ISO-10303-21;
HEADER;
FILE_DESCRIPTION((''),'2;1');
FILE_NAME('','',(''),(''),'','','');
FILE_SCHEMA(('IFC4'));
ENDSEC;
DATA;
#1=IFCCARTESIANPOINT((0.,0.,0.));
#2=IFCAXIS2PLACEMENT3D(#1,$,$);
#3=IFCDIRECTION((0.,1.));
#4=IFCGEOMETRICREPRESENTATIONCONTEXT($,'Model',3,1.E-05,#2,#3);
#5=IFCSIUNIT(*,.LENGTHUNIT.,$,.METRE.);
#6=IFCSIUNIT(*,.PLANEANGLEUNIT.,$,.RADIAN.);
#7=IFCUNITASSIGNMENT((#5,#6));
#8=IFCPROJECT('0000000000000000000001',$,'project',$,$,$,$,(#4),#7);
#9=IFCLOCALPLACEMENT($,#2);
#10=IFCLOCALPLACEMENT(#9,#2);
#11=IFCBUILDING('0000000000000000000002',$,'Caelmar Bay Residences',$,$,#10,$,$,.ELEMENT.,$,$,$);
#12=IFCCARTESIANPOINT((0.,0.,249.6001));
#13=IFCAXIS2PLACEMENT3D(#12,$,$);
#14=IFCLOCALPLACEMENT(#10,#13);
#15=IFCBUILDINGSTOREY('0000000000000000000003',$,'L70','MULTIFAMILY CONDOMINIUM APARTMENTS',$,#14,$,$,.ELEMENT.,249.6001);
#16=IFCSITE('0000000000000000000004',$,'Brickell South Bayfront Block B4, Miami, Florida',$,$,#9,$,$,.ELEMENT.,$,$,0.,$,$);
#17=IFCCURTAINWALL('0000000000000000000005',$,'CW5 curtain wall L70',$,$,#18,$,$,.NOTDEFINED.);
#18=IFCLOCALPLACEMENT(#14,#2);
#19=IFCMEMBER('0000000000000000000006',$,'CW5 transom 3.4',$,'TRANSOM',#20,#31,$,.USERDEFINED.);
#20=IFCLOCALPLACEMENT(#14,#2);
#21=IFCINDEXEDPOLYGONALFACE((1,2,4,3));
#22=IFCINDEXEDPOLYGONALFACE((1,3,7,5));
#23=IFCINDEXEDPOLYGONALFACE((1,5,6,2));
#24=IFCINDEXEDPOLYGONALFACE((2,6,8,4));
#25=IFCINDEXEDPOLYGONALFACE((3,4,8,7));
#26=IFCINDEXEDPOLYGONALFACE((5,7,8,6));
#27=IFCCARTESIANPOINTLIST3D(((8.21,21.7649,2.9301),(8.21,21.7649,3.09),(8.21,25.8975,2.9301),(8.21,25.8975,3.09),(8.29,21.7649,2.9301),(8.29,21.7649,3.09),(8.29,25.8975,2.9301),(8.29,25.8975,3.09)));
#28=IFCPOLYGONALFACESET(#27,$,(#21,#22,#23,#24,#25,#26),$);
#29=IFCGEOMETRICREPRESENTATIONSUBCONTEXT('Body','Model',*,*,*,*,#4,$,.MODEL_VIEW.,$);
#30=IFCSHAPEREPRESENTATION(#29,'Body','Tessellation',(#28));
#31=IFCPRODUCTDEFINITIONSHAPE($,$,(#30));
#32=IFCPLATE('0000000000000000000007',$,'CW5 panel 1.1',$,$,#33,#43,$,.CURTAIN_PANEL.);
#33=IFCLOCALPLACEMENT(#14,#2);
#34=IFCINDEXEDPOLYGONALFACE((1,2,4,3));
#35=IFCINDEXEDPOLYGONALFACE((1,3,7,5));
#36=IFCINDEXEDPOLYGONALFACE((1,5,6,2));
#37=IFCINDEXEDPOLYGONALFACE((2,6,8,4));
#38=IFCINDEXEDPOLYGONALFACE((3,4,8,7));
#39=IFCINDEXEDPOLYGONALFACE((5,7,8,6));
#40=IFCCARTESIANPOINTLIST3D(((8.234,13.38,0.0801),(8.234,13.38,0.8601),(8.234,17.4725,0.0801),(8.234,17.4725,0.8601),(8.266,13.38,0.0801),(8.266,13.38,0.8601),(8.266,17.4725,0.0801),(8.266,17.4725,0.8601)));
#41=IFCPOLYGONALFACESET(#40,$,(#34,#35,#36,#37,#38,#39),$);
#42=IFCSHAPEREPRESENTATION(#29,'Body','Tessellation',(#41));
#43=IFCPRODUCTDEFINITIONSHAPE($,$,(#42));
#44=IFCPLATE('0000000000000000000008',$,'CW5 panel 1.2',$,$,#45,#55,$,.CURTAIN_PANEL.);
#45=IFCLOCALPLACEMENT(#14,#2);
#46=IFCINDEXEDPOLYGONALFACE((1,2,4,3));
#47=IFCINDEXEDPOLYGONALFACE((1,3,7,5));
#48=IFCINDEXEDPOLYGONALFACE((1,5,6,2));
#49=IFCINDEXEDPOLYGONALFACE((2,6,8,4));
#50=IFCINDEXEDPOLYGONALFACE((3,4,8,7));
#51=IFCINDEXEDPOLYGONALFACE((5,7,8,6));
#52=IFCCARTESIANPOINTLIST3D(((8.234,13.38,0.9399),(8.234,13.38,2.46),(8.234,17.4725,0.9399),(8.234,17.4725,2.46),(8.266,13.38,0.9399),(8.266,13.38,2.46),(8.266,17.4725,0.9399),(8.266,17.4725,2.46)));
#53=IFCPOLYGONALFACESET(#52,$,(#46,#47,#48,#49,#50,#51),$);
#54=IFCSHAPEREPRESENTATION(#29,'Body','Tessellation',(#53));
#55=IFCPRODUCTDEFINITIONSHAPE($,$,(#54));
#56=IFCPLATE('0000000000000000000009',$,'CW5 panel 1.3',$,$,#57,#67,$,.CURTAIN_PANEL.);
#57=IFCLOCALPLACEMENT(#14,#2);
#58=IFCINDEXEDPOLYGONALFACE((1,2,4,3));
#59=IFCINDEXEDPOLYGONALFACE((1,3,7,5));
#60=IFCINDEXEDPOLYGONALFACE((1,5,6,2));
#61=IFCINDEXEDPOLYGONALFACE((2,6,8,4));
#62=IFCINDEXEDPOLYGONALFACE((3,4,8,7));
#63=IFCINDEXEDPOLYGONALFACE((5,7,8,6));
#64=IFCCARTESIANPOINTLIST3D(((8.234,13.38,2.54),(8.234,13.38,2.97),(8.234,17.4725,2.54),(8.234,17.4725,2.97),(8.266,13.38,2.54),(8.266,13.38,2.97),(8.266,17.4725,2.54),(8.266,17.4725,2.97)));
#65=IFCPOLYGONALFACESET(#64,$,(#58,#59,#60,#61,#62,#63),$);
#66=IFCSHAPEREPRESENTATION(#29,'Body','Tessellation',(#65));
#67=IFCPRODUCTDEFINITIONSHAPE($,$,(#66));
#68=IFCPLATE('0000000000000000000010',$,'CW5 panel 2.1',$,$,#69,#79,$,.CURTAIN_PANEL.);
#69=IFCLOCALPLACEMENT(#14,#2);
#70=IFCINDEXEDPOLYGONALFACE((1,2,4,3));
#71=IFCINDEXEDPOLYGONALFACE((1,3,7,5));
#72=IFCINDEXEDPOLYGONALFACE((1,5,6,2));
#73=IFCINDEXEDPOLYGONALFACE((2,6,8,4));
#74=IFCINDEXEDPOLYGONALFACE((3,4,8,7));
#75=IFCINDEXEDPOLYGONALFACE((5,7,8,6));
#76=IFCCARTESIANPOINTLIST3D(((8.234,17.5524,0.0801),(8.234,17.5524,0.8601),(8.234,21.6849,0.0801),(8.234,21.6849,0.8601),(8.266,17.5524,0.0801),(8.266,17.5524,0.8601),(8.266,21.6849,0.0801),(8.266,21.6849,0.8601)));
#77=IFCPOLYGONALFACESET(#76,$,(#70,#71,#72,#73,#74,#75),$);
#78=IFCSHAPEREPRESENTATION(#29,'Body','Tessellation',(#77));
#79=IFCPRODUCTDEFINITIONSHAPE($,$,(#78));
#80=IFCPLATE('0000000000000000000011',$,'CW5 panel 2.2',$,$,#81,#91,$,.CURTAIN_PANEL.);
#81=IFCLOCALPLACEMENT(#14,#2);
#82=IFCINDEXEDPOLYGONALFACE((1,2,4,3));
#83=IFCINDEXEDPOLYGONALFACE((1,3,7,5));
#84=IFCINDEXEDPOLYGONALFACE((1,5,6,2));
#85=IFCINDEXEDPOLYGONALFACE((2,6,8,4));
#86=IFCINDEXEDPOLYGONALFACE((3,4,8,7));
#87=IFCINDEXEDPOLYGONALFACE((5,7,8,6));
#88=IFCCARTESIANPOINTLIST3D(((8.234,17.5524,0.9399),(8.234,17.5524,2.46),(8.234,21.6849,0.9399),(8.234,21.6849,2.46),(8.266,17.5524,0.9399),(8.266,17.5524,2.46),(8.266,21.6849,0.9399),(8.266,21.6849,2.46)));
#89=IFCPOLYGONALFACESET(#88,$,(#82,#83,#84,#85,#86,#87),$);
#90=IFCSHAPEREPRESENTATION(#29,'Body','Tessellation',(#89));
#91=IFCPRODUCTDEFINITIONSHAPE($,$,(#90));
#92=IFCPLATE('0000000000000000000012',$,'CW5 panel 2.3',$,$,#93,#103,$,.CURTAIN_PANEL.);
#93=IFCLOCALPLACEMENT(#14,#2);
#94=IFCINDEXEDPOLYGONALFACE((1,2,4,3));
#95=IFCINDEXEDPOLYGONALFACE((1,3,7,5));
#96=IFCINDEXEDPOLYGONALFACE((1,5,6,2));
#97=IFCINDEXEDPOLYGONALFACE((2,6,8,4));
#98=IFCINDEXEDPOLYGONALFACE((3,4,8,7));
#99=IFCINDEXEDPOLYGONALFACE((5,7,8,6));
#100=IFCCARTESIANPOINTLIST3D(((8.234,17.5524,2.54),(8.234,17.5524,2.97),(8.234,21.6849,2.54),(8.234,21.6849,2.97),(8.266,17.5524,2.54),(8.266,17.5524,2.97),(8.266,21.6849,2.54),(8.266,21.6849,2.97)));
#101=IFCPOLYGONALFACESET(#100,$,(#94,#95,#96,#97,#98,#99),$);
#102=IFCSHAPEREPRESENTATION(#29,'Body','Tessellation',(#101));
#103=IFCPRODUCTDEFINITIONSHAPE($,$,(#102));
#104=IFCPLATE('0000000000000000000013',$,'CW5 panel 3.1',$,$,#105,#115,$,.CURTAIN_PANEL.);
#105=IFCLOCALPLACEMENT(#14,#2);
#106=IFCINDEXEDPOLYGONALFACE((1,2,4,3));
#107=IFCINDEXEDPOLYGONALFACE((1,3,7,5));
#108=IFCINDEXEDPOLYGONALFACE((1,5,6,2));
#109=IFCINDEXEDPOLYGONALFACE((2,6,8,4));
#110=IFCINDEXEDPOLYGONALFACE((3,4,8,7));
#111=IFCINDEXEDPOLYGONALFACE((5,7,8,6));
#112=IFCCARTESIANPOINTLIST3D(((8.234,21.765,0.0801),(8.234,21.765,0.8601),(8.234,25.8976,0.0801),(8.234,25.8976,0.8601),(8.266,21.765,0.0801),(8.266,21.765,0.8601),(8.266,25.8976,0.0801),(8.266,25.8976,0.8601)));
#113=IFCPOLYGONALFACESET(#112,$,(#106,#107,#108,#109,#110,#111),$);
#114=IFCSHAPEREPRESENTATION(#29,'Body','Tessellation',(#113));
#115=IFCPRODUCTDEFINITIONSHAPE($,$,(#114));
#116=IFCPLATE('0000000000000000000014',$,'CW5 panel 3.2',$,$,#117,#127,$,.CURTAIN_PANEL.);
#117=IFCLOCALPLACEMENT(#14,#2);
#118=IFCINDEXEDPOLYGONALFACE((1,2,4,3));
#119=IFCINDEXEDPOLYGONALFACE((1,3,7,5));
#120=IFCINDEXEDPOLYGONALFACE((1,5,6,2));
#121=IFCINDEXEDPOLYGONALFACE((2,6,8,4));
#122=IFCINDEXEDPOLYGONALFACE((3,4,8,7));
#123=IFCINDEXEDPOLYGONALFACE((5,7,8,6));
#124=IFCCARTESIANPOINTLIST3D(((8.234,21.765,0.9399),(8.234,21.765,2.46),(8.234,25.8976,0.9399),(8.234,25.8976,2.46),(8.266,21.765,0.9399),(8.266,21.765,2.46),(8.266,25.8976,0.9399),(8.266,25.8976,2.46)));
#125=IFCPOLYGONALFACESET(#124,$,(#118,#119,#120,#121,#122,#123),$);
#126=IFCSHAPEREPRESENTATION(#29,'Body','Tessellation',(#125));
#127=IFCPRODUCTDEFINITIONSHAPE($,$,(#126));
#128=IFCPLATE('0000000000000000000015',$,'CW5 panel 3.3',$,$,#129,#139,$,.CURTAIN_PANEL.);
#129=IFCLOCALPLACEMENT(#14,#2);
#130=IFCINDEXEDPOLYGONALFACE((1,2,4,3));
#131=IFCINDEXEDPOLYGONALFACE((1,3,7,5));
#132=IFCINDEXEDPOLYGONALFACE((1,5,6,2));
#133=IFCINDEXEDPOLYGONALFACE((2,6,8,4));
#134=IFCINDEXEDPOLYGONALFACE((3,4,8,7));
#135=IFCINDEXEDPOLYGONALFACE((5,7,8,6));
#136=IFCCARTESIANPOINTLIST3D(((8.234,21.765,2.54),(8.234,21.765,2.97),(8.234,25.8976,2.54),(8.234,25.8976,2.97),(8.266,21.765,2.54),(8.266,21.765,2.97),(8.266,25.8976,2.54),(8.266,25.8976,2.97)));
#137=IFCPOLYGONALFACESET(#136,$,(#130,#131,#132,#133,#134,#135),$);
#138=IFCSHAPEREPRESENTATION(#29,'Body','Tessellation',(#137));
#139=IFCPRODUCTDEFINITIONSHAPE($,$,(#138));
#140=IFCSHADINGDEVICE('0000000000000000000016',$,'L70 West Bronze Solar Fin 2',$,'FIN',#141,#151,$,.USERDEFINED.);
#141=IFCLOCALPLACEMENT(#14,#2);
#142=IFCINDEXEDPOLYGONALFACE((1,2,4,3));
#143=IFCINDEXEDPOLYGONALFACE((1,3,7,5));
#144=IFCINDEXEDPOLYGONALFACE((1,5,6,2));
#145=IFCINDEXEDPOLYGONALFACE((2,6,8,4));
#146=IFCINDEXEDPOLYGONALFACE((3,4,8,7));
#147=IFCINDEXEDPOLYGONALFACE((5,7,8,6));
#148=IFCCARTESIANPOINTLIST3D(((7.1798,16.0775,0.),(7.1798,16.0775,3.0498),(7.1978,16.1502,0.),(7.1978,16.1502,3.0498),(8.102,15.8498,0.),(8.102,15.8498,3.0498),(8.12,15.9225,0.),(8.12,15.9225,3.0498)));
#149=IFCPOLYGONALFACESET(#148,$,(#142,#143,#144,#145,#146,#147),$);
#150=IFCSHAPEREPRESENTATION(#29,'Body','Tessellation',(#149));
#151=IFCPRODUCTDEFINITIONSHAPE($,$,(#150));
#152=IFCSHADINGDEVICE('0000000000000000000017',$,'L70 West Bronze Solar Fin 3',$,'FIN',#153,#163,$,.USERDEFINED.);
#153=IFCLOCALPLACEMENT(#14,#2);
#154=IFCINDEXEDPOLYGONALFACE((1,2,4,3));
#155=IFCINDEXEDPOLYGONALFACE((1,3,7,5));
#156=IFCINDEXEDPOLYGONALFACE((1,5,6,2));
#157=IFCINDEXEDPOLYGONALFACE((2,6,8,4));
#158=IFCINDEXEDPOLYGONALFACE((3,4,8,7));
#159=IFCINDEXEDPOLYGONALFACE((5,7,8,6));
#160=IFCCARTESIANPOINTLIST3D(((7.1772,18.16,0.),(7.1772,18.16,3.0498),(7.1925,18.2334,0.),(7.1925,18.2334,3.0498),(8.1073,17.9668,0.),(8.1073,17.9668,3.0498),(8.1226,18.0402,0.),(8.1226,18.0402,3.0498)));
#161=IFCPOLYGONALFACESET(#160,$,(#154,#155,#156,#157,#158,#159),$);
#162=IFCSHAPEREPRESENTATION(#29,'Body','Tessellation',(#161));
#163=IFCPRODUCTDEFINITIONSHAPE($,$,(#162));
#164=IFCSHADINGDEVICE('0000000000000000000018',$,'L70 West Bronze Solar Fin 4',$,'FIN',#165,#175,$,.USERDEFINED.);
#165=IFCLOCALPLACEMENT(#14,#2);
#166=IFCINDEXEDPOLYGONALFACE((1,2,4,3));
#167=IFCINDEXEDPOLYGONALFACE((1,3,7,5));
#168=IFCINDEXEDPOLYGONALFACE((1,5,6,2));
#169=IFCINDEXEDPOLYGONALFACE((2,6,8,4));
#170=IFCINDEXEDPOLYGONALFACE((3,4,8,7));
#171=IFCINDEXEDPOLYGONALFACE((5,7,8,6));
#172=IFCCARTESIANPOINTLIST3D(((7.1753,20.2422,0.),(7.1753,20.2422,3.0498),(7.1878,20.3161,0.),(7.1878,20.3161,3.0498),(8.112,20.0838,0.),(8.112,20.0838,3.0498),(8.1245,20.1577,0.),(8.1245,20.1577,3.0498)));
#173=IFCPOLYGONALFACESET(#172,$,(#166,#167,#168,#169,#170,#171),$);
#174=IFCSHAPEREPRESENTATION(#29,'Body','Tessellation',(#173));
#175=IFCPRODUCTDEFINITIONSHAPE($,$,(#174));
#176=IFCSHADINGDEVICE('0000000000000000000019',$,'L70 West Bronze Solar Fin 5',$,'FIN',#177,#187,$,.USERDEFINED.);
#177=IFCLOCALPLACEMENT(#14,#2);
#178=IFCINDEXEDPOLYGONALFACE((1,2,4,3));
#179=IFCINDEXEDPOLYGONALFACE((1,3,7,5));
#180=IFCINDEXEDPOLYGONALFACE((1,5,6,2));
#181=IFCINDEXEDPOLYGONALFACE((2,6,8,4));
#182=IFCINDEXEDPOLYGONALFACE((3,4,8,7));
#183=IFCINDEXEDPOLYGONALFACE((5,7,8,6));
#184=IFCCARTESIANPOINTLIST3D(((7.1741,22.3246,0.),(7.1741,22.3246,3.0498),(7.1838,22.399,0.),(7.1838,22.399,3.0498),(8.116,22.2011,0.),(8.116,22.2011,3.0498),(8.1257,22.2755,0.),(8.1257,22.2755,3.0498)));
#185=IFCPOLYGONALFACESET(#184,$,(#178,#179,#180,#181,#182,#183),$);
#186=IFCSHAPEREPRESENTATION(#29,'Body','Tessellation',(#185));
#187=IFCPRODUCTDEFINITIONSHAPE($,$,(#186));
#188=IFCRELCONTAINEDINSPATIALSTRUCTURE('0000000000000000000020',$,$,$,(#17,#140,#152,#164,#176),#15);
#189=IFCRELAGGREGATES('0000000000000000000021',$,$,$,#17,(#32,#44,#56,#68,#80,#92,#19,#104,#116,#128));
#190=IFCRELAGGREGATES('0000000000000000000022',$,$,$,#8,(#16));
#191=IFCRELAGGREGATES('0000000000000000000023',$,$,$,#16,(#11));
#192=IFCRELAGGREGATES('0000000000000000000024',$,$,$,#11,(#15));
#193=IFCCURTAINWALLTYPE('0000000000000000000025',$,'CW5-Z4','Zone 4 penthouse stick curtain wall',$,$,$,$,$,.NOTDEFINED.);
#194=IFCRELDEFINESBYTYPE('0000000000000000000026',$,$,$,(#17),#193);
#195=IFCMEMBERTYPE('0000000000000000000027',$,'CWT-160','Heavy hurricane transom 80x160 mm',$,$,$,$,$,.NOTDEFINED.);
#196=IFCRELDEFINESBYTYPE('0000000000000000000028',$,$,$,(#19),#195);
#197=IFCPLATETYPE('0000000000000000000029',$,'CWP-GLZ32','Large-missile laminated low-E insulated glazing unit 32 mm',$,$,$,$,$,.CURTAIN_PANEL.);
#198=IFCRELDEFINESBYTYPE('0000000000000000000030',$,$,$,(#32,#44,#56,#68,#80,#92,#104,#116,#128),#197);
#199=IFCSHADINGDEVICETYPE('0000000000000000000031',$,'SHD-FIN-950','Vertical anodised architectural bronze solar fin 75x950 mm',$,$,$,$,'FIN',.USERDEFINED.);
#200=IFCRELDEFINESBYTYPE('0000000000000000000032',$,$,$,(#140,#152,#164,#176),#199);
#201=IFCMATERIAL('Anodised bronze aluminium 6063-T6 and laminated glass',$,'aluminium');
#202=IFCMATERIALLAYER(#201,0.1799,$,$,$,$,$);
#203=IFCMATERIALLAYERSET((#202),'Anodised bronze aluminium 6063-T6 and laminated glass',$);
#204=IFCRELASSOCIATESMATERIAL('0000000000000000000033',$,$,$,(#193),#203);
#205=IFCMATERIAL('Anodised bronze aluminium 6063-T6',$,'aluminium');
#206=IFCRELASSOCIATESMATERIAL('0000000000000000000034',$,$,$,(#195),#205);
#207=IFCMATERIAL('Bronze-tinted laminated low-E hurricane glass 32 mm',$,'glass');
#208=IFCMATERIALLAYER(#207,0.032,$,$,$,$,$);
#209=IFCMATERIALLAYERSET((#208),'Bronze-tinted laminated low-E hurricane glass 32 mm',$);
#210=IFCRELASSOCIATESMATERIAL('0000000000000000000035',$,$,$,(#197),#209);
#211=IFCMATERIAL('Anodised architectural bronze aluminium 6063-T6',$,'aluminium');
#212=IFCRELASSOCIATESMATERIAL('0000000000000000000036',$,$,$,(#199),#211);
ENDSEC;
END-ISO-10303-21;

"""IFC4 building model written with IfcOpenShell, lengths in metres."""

from ifc_helpers import new_model, si_unit, direction, frame, origin, origin_2d, place, context, subcontext, project, spatial, rectangle, extrude, material, layer, layer_set, material_profile, profile_set, type_object, element, aggregate, save


model = new_model("IFC4")

# Units and contexts
model_context = context("Model", 3, precision=1e-05, world=origin(), true_north=direction((0.0, 1.0)))
body_context = subcontext(model_context, "Body", "Model", "MODEL_VIEW")
ifc_project = project(units=[si_unit("LENGTHUNIT", "METRE"), si_unit("PLANEANGLEUNIT", "RADIAN")], contexts=[model_context])

# Site, building, storey
site_placement = place(None, origin())
site = spatial("IfcSite", under=ifc_project, at=site_placement, Name="Brickell South Bayfront Block B4, Miami, Florida", CompositionType="ELEMENT", RefElevation=0.0)
building_placement = place(site_placement, origin())
building = spatial("IfcBuilding", under=site, at=building_placement, Name="Caelmar Bay Residences", CompositionType="ELEMENT")
storey_placement = place(building_placement, frame((0.0, 0.0, 249.6001)))
storey = spatial("IfcBuildingStorey", under=building, at=storey_placement, Name="L70", Description="MULTIFAMILY CONDOMINIUM APARTMENTS", CompositionType="ELEMENT", Elevation=249.6001)

# Curtain wall, member, plates
ifc_material_1 = material(Name="Anodised bronze aluminium 6063-T6 and laminated glass", Category="aluminium")
ifc_layer_1 = layer(ifc_material_1, 0.1799)
ifc_layer_set_1 = layer_set([ifc_layer_1], Name="Anodised bronze aluminium 6063-T6 and laminated glass")
curtain_wall_type = type_object("IfcCurtainWallType", Name="CW5-Z4", Description="Zone 4 penthouse stick curtain wall", PredefinedType="NOTDEFINED", material=ifc_layer_set_1)
curtain_wall_placement = place(storey_placement, origin())
curtain_wall = element("IfcCurtainWall", 1, at=curtain_wall_placement, inside=storey, type_object=curtain_wall_type, Name="CW5 curtain wall L70", PredefinedType="NOTDEFINED")
ifc_material_2 = material(Name="Anodised bronze aluminium 6063-T6", Category="aluminium")
ifc_material_profile_1 = material_profile(ifc_material_2, rectangle(XDim=0.0801, YDim=0.1599, at=origin_2d()), Name="CWT-80X160")
ifc_profile_set_1 = profile_set([ifc_material_profile_1], Name="Anodised bronze aluminium 6063-T6")
member_type_1 = type_object("IfcMemberType", Name="CWT-160", Description="Heavy hurricane transom 80x160 mm", PredefinedType="NOTDEFINED", material=ifc_profile_set_1)
member_1_placement = place(storey_placement, frame((8.25, 21.7649, 3.01), z_axis=(0.0, 1.0, 0.0), x_axis=(-1.0, 0.0, 0.0)))
member_1 = element("IfcMember", 2, at=member_1_placement, type_object=member_type_1, Name="CW5 transom 3.4", ObjectType="TRANSOM", PredefinedType="USERDEFINED", context=body_context, shape_type="SweptSolid", body=[
    extrude(rectangle(XDim=0.0801, YDim=0.1599, at=origin_2d()), origin(), (0.0, 0.0, 1.0), 4.1326),
])
ifc_material_3 = material(Name="Bronze-tinted laminated low-E hurricane glass 32 mm", Category="glass")
ifc_layer_2 = layer(ifc_material_3, 0.032)
ifc_layer_set_2 = layer_set([ifc_layer_2], Name="Bronze-tinted laminated low-E hurricane glass 32 mm")
plate_type = type_object("IfcPlateType", Name="CWP-GLZ32", Description="Large-missile laminated low-E insulated glazing unit 32 mm", PredefinedType="CURTAIN_PANEL", material=ifc_layer_set_2)
plate_1_placement = place(storey_placement, frame((8.25, 15.4263, 0.0801), z_axis=(0.0, 0.0, 1.0), x_axis=(0.0, 1.0, 0.0)))
plate_1 = element("IfcPlate", 3, at=plate_1_placement, type_object=plate_type, Name="CW5 panel 1.1", PredefinedType="CURTAIN_PANEL", context=body_context, shape_type="SweptSolid", body=[
    extrude(rectangle(XDim=4.0925, YDim=0.032, at=origin_2d()), origin(), (0.0, 0.0, 1.0), 0.78),
])
plate_2_placement = place(storey_placement, frame((8.25, 15.4263, 0.9399), z_axis=(0.0, 0.0, 1.0), x_axis=(0.0, 1.0, 0.0)))
plate_2 = element("IfcPlate", 4, at=plate_2_placement, type_object=plate_type, Name="CW5 panel 1.2", PredefinedType="CURTAIN_PANEL", context=body_context, shape_type="SweptSolid", body=[
    extrude(rectangle(XDim=4.0925, YDim=0.032, at=origin_2d()), origin(), (0.0, 0.0, 1.0), 1.52),
])
plate_3_placement = place(storey_placement, frame((8.25, 15.4263, 2.54), z_axis=(0.0, 0.0, 1.0), x_axis=(0.0, 1.0, 0.0)))
plate_3 = element("IfcPlate", 5, at=plate_3_placement, type_object=plate_type, Name="CW5 panel 1.3", PredefinedType="CURTAIN_PANEL", context=body_context, shape_type="SweptSolid", body=[
    extrude(rectangle(XDim=4.0925, YDim=0.032, at=origin_2d()), origin(), (0.0, 0.0, 1.0), 0.4299),
])
plate_4_placement = place(storey_placement, frame((8.25, 19.6187, 0.0801), z_axis=(0.0, 0.0, 1.0), x_axis=(0.0, 1.0, 0.0)))
plate_4 = element("IfcPlate", 6, at=plate_4_placement, type_object=plate_type, Name="CW5 panel 2.1", PredefinedType="CURTAIN_PANEL", context=body_context, shape_type="SweptSolid", body=[
    extrude(rectangle(XDim=4.1326, YDim=0.032, at=origin_2d()), origin(), (0.0, 0.0, 1.0), 0.78),
])
plate_5_placement = place(storey_placement, frame((8.25, 19.6187, 0.9399), z_axis=(0.0, 0.0, 1.0), x_axis=(0.0, 1.0, 0.0)))
plate_5 = element("IfcPlate", 7, at=plate_5_placement, type_object=plate_type, Name="CW5 panel 2.2", PredefinedType="CURTAIN_PANEL", context=body_context, shape_type="SweptSolid", body=[
    extrude(rectangle(XDim=4.1326, YDim=0.032, at=origin_2d()), origin(), (0.0, 0.0, 1.0), 1.52),
])
plate_6_placement = place(storey_placement, frame((8.25, 19.6187, 2.54), z_axis=(0.0, 0.0, 1.0), x_axis=(0.0, 1.0, 0.0)))
plate_6 = element("IfcPlate", 8, at=plate_6_placement, type_object=plate_type, Name="CW5 panel 2.3", PredefinedType="CURTAIN_PANEL", context=body_context, shape_type="SweptSolid", body=[
    extrude(rectangle(XDim=4.1326, YDim=0.032, at=origin_2d()), origin(), (0.0, 0.0, 1.0), 0.4299),
])
plate_7_placement = place(storey_placement, frame((8.25, 23.8313, 0.0801), z_axis=(0.0, 0.0, 1.0), x_axis=(0.0, 1.0, 0.0)))
plate_7 = element("IfcPlate", 9, at=plate_7_placement, type_object=plate_type, Name="CW5 panel 3.1", PredefinedType="CURTAIN_PANEL", context=body_context, shape_type="SweptSolid", body=[
    extrude(rectangle(XDim=4.1326, YDim=0.032, at=origin_2d()), origin(), (0.0, 0.0, 1.0), 0.78),
])
plate_8_placement = place(storey_placement, frame((8.25, 23.8313, 0.9399), z_axis=(0.0, 0.0, 1.0), x_axis=(0.0, 1.0, 0.0)))
plate_8 = element("IfcPlate", 10, at=plate_8_placement, type_object=plate_type, Name="CW5 panel 3.2", PredefinedType="CURTAIN_PANEL", context=body_context, shape_type="SweptSolid", body=[
    extrude(rectangle(XDim=4.1326, YDim=0.032, at=origin_2d()), origin(), (0.0, 0.0, 1.0), 1.52),
])
plate_9_placement = place(storey_placement, frame((8.25, 23.8313, 2.54), z_axis=(0.0, 0.0, 1.0), x_axis=(0.0, 1.0, 0.0)))
plate_9 = element("IfcPlate", 11, at=plate_9_placement, type_object=plate_type, Name="CW5 panel 3.3", PredefinedType="CURTAIN_PANEL", context=body_context, shape_type="SweptSolid", body=[
    extrude(rectangle(XDim=4.1326, YDim=0.032, at=origin_2d()), origin(), (0.0, 0.0, 1.0), 0.4299),
])
aggregate(curtain_wall, [plate_1, plate_2, plate_3, plate_4, plate_5, plate_6, member_1, plate_7, plate_8, plate_9])

# Shading devices
ifc_material_4 = material(Name="Anodised architectural bronze aluminium 6063-T6", Category="aluminium")
ifc_material_profile_2 = material_profile(ifc_material_4, rectangle(XDim=0.075, YDim=0.95, at=origin_2d()), Name="BRONZE-FIN-75X950")
ifc_profile_set_2 = profile_set([ifc_material_profile_2], Name="Anodised architectural bronze aluminium 6063-T6")
shading_device_type = type_object("IfcShadingDeviceType", Name="SHD-FIN-950", Description="Vertical anodised architectural bronze solar fin 75x950 mm", ElementType="FIN", PredefinedType="USERDEFINED", material=ifc_profile_set_2)
for number, where, z_axis, x_axis, name in (
    (12, (7.6499, 16.0, 0.0), (0.0, 0.0, 1.0), (0.23972, 0.970842, 0.0), "L70 West Bronze Solar Fin 2"),
    (13, (7.6499, 18.1001, 0.0), (0.0, 0.0, 1.0), (0.2033, 0.979116, 0.0), "L70 West Bronze Solar Fin 3"),
    (14, (7.6499, 20.2, 0.0), (0.0, 0.0, 1.0), (0.166769, 0.985996, 0.0), "L70 West Bronze Solar Fin 4"),
    (15, (7.6499, 22.3, 0.0), (0.0, 0.0, 1.0), (0.130007, 0.991513, 0.0), "L70 West Bronze Solar Fin 5"),
):
    element("IfcShadingDevice", number, at=place(storey_placement, frame(where, z_axis=z_axis, x_axis=x_axis)), inside=storey, type_object=shading_device_type, Name=name, ObjectType="FIN", PredefinedType="USERDEFINED", context=body_context, shape_type="SweptSolid", body=[
        extrude(rectangle(XDim=0.075, YDim=0.95, at=origin_2d()), origin(), (0.0, 0.0, 1.0), 3.0498),
    ])

save(model, "model.ifc")
